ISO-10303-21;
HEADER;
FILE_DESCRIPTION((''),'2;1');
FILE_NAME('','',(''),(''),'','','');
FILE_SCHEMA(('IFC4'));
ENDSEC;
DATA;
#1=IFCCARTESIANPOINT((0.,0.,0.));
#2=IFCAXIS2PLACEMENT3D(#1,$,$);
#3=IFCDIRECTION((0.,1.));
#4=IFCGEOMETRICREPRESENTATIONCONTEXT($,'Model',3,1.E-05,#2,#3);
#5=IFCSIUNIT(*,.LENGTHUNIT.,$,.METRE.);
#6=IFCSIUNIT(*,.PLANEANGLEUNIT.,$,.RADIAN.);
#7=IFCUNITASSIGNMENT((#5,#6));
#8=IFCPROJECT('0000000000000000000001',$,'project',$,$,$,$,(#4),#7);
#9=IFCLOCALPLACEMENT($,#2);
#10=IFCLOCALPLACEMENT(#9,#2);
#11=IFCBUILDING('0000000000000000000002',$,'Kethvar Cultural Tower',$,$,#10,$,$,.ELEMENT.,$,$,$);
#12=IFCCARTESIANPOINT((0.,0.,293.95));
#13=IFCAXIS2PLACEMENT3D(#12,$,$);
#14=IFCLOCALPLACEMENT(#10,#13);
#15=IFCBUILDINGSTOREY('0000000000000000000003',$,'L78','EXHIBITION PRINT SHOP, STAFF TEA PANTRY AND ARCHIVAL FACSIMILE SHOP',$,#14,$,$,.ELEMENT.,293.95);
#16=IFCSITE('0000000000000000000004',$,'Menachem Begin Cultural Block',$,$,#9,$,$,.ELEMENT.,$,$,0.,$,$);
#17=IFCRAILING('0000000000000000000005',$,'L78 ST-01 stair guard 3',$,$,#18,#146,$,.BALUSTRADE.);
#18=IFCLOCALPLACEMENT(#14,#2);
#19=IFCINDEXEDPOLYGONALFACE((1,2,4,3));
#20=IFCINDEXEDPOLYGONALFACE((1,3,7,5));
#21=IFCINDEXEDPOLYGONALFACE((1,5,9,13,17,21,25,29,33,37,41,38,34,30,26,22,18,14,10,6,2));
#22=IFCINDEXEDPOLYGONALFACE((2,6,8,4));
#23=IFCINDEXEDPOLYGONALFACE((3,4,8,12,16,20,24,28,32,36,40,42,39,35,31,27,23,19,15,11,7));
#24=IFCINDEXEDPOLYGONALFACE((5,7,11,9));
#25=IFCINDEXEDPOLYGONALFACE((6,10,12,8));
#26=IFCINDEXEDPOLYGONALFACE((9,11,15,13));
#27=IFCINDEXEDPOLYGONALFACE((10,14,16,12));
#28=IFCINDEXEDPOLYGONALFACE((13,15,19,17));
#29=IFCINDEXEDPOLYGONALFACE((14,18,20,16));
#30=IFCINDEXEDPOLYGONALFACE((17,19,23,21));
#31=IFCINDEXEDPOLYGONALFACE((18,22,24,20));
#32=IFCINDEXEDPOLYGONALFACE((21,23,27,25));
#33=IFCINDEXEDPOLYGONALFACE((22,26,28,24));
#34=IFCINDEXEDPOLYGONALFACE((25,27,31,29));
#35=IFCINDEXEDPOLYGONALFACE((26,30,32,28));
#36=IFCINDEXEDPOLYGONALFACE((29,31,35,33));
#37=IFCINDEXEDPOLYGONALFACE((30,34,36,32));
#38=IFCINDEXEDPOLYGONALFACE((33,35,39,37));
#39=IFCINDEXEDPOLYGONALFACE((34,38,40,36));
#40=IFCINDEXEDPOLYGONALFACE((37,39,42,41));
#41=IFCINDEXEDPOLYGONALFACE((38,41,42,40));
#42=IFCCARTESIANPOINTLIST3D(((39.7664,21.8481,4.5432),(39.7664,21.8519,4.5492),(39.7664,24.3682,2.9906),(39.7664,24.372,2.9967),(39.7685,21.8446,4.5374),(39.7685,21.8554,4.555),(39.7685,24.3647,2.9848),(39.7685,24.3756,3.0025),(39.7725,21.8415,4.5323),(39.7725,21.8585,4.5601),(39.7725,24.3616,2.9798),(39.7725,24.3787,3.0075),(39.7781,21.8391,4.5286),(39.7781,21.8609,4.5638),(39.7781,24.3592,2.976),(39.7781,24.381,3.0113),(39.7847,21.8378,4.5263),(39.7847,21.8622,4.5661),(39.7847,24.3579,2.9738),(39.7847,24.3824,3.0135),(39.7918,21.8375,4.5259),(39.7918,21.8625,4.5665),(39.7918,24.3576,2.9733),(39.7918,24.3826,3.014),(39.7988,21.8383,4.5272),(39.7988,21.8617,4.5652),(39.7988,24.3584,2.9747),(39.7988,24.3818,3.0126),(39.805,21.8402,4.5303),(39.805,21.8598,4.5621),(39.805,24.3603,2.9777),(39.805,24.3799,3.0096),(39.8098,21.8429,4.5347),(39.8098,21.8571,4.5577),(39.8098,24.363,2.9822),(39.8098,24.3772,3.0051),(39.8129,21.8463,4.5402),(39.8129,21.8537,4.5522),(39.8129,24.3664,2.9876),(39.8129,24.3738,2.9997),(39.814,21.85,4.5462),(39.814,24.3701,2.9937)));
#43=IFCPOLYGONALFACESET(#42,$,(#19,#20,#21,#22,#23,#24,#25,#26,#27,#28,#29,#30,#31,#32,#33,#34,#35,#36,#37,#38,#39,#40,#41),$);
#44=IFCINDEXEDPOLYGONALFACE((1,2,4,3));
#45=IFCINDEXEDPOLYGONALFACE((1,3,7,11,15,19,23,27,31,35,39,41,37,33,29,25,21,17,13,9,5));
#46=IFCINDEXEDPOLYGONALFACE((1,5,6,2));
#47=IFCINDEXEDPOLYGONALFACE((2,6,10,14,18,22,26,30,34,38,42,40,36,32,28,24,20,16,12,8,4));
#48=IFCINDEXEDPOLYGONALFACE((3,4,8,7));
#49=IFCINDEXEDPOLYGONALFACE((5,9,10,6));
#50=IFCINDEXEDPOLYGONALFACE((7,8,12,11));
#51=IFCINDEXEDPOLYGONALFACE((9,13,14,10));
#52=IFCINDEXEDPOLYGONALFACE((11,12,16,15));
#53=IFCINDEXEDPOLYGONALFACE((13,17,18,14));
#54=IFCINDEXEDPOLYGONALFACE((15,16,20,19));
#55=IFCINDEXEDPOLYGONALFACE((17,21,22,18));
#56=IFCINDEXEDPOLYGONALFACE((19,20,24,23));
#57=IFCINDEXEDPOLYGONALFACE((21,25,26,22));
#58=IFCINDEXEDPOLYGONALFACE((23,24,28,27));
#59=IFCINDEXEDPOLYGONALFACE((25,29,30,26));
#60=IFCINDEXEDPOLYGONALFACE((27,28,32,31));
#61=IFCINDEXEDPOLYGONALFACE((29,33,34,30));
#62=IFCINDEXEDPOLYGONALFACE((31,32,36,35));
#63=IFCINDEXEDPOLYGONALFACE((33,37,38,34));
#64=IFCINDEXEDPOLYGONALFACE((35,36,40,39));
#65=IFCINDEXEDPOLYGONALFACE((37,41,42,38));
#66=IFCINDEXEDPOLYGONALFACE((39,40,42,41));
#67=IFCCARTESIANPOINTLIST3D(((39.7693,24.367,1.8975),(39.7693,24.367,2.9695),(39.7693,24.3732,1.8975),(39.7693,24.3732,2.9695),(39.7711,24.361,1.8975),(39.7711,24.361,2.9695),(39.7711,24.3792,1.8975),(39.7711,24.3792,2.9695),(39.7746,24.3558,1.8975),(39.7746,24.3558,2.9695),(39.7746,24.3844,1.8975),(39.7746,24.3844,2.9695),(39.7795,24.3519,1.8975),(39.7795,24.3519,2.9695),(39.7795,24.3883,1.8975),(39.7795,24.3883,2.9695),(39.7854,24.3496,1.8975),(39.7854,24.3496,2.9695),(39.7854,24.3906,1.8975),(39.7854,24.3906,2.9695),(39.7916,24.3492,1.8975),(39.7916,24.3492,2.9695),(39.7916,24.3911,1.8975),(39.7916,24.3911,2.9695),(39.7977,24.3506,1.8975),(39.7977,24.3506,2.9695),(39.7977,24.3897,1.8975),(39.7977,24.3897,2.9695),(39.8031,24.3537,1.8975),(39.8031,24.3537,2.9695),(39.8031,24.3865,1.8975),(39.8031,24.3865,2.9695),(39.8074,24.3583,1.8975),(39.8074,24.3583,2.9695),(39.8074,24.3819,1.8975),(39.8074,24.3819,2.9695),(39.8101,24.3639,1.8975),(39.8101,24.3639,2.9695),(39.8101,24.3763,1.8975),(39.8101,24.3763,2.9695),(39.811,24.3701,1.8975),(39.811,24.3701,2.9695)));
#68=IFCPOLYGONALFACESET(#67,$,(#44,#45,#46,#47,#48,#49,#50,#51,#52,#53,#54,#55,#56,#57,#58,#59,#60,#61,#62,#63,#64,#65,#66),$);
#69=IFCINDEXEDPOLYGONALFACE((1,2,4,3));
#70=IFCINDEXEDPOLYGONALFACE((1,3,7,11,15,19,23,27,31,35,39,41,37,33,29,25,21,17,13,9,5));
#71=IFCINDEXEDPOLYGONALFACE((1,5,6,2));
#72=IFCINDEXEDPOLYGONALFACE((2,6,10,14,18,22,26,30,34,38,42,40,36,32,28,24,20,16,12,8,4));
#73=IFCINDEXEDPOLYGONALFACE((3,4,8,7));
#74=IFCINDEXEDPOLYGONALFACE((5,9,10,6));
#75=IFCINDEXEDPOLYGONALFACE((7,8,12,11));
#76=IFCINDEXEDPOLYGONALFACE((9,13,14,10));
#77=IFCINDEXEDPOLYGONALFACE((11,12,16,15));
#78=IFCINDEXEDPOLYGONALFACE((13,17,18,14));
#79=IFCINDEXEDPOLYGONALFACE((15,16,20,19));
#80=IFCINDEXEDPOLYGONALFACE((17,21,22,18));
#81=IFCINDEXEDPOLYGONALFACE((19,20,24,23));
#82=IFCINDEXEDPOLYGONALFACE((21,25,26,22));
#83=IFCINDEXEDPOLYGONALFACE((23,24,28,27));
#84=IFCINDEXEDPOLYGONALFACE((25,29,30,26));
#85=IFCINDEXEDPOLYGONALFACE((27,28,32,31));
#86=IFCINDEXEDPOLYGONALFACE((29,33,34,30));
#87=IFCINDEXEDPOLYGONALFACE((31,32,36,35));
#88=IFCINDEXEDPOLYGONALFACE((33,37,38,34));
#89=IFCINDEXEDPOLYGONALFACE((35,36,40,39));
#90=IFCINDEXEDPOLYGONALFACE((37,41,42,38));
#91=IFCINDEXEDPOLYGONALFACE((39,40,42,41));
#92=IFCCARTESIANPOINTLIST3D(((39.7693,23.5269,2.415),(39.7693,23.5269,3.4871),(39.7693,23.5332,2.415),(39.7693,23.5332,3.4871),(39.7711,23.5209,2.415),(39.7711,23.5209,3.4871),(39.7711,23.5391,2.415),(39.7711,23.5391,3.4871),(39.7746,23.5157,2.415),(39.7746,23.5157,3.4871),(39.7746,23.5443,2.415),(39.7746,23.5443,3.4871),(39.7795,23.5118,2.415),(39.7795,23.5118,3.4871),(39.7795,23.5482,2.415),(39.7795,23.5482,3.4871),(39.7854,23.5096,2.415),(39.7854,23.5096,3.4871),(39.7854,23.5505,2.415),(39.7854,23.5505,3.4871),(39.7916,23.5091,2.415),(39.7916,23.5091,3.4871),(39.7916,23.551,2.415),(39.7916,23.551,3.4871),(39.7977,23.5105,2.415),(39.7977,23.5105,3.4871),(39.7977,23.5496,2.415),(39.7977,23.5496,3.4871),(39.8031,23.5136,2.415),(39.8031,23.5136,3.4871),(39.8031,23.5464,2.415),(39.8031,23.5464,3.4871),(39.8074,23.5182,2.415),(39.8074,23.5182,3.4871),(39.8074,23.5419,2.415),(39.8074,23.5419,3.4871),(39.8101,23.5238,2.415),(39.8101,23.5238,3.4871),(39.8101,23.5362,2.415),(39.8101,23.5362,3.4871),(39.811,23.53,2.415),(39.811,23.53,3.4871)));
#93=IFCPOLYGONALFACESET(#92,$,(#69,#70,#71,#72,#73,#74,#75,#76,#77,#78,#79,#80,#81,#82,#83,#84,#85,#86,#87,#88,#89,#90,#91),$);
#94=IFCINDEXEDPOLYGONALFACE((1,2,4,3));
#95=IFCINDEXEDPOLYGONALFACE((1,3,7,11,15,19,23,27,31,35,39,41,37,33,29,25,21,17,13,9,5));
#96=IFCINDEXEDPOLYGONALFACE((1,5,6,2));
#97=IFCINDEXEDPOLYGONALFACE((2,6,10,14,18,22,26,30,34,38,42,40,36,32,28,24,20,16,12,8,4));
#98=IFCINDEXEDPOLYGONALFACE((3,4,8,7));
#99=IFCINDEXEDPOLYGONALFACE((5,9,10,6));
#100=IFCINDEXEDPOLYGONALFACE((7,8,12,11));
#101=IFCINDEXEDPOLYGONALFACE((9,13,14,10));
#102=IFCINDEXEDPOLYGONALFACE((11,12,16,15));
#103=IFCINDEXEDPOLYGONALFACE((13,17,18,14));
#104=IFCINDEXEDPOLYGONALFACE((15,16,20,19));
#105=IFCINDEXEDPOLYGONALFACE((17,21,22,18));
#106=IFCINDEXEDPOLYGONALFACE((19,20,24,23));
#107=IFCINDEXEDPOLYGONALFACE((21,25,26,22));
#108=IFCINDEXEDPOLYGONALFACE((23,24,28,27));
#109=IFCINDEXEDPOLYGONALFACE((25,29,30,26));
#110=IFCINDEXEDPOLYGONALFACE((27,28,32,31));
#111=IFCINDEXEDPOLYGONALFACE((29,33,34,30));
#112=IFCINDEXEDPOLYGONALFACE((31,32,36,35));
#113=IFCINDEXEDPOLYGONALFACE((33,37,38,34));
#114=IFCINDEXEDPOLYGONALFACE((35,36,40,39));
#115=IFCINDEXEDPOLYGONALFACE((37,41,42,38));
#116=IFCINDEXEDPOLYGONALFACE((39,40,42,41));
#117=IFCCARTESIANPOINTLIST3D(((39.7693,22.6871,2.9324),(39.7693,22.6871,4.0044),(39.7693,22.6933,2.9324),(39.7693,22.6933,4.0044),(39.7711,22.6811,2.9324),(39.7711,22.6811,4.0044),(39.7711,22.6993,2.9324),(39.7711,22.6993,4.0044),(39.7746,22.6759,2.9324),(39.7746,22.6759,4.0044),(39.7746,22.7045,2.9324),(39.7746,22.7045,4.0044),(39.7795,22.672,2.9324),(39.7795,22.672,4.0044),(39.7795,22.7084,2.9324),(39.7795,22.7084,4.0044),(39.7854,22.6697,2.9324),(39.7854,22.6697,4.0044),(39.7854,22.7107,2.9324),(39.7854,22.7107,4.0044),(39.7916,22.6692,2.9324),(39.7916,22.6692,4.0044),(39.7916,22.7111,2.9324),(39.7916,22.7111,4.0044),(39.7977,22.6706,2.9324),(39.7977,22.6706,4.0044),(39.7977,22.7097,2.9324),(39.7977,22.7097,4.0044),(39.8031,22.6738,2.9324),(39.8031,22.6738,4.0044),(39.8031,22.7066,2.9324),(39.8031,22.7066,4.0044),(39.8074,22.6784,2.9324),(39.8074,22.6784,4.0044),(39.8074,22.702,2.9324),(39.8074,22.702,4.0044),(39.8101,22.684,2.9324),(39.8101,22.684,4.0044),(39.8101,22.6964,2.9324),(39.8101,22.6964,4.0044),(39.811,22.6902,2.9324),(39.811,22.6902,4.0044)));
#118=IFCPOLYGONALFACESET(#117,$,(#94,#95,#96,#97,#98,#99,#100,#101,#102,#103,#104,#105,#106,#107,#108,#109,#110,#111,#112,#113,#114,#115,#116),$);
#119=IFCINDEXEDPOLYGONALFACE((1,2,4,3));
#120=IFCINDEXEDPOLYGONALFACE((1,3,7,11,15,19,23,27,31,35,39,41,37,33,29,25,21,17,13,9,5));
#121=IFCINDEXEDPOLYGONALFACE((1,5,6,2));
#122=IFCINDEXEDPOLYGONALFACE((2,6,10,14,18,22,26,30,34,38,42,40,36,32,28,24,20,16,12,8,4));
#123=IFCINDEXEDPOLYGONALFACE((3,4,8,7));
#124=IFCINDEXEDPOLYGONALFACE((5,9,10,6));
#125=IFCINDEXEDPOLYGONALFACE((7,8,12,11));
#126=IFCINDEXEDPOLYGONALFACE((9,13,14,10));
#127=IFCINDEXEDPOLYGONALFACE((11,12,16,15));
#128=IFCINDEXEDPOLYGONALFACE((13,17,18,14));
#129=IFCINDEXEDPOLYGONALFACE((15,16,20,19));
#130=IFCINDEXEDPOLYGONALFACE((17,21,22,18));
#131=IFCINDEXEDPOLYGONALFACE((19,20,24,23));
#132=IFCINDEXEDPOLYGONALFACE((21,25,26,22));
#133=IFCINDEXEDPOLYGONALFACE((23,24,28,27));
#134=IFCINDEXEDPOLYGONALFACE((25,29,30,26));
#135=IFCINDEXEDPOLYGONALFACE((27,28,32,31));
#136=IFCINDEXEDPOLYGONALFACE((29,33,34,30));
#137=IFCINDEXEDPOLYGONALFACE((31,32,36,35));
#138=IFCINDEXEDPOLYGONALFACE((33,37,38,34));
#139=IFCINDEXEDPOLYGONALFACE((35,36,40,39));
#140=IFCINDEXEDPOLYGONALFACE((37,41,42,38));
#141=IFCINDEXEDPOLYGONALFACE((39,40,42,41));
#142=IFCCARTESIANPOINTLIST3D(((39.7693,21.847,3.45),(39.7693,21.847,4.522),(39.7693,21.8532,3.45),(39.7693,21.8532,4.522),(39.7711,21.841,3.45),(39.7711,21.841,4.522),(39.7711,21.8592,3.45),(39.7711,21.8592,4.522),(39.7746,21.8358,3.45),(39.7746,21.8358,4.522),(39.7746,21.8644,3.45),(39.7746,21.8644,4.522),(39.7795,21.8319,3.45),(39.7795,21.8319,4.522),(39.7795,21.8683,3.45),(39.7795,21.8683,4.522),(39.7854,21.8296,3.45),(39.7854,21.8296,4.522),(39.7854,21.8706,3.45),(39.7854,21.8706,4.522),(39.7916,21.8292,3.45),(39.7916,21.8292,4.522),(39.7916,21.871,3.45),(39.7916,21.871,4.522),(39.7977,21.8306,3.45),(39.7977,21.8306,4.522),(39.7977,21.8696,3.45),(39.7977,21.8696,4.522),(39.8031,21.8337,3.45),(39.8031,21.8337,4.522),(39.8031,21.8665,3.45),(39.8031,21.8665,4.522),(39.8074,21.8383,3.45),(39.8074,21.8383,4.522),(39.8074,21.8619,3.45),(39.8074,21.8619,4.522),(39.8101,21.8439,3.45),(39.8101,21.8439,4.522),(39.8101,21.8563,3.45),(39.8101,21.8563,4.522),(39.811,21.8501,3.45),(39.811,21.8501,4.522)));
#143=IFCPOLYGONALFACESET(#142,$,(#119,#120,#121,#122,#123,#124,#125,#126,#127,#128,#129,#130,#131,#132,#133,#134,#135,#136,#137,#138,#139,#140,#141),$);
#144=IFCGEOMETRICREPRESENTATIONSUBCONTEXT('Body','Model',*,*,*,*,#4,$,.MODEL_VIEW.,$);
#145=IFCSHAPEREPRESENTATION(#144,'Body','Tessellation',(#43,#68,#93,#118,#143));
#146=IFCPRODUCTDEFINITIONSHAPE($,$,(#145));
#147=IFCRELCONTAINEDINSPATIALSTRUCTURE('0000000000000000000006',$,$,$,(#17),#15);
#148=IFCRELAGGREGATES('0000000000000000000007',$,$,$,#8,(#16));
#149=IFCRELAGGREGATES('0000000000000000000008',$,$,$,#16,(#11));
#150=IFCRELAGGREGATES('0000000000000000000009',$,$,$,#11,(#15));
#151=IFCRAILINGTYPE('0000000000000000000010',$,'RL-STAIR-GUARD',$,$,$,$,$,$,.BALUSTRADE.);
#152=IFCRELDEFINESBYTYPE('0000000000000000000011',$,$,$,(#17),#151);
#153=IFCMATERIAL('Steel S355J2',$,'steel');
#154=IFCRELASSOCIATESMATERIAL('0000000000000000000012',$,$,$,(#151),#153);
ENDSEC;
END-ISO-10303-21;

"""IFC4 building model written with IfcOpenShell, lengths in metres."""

from ifc_helpers import new_model, si_unit, direction, frame, origin, origin_2d, place, context, subcontext, project, spatial, circle, extrude, material, type_object, element, save


model = new_model("IFC4")

# Units and contexts
model_context = context("Model", 3, precision=1e-05, world=origin(), true_north=direction((0.0, 1.0)))
body_context = subcontext(model_context, "Body", "Model", "MODEL_VIEW")
ifc_project = project(units=[si_unit("LENGTHUNIT", "METRE"), si_unit("PLANEANGLEUNIT", "RADIAN")], contexts=[model_context])

# Site, building, storey
site_placement = place(None, origin())
site = spatial("IfcSite", under=ifc_project, at=site_placement, Name="Menachem Begin Cultural Block", CompositionType="ELEMENT", RefElevation=0.0)
building_placement = place(site_placement, origin())
building = spatial("IfcBuilding", under=site, at=building_placement, Name="Kethvar Cultural Tower", CompositionType="ELEMENT")
storey_placement = place(building_placement, frame((0.0, 0.0, 293.95)))
storey = spatial("IfcBuildingStorey", under=building, at=storey_placement, Name="L78", Description="EXHIBITION PRINT SHOP, STAFF TEA PANTRY AND ARCHIVAL FACSIMILE SHOP", CompositionType="ELEMENT", Elevation=293.95)

# Shared definitions
ifc_material_1 = material(Name="Steel S355J2", Category="steel")

# Railing
railing_type_1 = type_object("IfcRailingType", Name="RL-STAIR-GUARD", PredefinedType="BALUSTRADE", material=ifc_material_1)
railing_1_placement = place(storey_placement, frame((39.79, 24.3701, 1.8975)))
element("IfcRailing", 1, at=railing_1_placement, inside=storey, type_object=railing_type_1, Name="L78 ST-01 stair guard 3", PredefinedType="BALUSTRADE", context=body_context, shape_type="SweptSolid", body=[
    extrude(circle(Radius=0.0239, at=origin_2d()), frame((0.0, 0.0, 1.0962), z_axis=(0.0, -0.8514, 0.524516), x_axis=(1.0, 0.0, 0.0)), (0.0, 0.0, 1.0), 2.96),
    extrude(circle(Radius=0.021, at=origin_2d()), origin(), (0.0, 0.0, 1.0), 1.072),
    extrude(circle(Radius=0.021, at=origin_2d()), frame((0.0, -0.8401, 0.5176)), (0.0, 0.0, 1.0), 1.072),
    extrude(circle(Radius=0.021, at=origin_2d()), frame((0.0, -1.6799, 1.0349)), (0.0, 0.0, 1.0), 1.072),
    extrude(circle(Radius=0.021, at=origin_2d()), frame((0.0, -2.52, 1.5525)), (0.0, 0.0, 1.0), 1.072),
])

save(model, "model.ifc")
